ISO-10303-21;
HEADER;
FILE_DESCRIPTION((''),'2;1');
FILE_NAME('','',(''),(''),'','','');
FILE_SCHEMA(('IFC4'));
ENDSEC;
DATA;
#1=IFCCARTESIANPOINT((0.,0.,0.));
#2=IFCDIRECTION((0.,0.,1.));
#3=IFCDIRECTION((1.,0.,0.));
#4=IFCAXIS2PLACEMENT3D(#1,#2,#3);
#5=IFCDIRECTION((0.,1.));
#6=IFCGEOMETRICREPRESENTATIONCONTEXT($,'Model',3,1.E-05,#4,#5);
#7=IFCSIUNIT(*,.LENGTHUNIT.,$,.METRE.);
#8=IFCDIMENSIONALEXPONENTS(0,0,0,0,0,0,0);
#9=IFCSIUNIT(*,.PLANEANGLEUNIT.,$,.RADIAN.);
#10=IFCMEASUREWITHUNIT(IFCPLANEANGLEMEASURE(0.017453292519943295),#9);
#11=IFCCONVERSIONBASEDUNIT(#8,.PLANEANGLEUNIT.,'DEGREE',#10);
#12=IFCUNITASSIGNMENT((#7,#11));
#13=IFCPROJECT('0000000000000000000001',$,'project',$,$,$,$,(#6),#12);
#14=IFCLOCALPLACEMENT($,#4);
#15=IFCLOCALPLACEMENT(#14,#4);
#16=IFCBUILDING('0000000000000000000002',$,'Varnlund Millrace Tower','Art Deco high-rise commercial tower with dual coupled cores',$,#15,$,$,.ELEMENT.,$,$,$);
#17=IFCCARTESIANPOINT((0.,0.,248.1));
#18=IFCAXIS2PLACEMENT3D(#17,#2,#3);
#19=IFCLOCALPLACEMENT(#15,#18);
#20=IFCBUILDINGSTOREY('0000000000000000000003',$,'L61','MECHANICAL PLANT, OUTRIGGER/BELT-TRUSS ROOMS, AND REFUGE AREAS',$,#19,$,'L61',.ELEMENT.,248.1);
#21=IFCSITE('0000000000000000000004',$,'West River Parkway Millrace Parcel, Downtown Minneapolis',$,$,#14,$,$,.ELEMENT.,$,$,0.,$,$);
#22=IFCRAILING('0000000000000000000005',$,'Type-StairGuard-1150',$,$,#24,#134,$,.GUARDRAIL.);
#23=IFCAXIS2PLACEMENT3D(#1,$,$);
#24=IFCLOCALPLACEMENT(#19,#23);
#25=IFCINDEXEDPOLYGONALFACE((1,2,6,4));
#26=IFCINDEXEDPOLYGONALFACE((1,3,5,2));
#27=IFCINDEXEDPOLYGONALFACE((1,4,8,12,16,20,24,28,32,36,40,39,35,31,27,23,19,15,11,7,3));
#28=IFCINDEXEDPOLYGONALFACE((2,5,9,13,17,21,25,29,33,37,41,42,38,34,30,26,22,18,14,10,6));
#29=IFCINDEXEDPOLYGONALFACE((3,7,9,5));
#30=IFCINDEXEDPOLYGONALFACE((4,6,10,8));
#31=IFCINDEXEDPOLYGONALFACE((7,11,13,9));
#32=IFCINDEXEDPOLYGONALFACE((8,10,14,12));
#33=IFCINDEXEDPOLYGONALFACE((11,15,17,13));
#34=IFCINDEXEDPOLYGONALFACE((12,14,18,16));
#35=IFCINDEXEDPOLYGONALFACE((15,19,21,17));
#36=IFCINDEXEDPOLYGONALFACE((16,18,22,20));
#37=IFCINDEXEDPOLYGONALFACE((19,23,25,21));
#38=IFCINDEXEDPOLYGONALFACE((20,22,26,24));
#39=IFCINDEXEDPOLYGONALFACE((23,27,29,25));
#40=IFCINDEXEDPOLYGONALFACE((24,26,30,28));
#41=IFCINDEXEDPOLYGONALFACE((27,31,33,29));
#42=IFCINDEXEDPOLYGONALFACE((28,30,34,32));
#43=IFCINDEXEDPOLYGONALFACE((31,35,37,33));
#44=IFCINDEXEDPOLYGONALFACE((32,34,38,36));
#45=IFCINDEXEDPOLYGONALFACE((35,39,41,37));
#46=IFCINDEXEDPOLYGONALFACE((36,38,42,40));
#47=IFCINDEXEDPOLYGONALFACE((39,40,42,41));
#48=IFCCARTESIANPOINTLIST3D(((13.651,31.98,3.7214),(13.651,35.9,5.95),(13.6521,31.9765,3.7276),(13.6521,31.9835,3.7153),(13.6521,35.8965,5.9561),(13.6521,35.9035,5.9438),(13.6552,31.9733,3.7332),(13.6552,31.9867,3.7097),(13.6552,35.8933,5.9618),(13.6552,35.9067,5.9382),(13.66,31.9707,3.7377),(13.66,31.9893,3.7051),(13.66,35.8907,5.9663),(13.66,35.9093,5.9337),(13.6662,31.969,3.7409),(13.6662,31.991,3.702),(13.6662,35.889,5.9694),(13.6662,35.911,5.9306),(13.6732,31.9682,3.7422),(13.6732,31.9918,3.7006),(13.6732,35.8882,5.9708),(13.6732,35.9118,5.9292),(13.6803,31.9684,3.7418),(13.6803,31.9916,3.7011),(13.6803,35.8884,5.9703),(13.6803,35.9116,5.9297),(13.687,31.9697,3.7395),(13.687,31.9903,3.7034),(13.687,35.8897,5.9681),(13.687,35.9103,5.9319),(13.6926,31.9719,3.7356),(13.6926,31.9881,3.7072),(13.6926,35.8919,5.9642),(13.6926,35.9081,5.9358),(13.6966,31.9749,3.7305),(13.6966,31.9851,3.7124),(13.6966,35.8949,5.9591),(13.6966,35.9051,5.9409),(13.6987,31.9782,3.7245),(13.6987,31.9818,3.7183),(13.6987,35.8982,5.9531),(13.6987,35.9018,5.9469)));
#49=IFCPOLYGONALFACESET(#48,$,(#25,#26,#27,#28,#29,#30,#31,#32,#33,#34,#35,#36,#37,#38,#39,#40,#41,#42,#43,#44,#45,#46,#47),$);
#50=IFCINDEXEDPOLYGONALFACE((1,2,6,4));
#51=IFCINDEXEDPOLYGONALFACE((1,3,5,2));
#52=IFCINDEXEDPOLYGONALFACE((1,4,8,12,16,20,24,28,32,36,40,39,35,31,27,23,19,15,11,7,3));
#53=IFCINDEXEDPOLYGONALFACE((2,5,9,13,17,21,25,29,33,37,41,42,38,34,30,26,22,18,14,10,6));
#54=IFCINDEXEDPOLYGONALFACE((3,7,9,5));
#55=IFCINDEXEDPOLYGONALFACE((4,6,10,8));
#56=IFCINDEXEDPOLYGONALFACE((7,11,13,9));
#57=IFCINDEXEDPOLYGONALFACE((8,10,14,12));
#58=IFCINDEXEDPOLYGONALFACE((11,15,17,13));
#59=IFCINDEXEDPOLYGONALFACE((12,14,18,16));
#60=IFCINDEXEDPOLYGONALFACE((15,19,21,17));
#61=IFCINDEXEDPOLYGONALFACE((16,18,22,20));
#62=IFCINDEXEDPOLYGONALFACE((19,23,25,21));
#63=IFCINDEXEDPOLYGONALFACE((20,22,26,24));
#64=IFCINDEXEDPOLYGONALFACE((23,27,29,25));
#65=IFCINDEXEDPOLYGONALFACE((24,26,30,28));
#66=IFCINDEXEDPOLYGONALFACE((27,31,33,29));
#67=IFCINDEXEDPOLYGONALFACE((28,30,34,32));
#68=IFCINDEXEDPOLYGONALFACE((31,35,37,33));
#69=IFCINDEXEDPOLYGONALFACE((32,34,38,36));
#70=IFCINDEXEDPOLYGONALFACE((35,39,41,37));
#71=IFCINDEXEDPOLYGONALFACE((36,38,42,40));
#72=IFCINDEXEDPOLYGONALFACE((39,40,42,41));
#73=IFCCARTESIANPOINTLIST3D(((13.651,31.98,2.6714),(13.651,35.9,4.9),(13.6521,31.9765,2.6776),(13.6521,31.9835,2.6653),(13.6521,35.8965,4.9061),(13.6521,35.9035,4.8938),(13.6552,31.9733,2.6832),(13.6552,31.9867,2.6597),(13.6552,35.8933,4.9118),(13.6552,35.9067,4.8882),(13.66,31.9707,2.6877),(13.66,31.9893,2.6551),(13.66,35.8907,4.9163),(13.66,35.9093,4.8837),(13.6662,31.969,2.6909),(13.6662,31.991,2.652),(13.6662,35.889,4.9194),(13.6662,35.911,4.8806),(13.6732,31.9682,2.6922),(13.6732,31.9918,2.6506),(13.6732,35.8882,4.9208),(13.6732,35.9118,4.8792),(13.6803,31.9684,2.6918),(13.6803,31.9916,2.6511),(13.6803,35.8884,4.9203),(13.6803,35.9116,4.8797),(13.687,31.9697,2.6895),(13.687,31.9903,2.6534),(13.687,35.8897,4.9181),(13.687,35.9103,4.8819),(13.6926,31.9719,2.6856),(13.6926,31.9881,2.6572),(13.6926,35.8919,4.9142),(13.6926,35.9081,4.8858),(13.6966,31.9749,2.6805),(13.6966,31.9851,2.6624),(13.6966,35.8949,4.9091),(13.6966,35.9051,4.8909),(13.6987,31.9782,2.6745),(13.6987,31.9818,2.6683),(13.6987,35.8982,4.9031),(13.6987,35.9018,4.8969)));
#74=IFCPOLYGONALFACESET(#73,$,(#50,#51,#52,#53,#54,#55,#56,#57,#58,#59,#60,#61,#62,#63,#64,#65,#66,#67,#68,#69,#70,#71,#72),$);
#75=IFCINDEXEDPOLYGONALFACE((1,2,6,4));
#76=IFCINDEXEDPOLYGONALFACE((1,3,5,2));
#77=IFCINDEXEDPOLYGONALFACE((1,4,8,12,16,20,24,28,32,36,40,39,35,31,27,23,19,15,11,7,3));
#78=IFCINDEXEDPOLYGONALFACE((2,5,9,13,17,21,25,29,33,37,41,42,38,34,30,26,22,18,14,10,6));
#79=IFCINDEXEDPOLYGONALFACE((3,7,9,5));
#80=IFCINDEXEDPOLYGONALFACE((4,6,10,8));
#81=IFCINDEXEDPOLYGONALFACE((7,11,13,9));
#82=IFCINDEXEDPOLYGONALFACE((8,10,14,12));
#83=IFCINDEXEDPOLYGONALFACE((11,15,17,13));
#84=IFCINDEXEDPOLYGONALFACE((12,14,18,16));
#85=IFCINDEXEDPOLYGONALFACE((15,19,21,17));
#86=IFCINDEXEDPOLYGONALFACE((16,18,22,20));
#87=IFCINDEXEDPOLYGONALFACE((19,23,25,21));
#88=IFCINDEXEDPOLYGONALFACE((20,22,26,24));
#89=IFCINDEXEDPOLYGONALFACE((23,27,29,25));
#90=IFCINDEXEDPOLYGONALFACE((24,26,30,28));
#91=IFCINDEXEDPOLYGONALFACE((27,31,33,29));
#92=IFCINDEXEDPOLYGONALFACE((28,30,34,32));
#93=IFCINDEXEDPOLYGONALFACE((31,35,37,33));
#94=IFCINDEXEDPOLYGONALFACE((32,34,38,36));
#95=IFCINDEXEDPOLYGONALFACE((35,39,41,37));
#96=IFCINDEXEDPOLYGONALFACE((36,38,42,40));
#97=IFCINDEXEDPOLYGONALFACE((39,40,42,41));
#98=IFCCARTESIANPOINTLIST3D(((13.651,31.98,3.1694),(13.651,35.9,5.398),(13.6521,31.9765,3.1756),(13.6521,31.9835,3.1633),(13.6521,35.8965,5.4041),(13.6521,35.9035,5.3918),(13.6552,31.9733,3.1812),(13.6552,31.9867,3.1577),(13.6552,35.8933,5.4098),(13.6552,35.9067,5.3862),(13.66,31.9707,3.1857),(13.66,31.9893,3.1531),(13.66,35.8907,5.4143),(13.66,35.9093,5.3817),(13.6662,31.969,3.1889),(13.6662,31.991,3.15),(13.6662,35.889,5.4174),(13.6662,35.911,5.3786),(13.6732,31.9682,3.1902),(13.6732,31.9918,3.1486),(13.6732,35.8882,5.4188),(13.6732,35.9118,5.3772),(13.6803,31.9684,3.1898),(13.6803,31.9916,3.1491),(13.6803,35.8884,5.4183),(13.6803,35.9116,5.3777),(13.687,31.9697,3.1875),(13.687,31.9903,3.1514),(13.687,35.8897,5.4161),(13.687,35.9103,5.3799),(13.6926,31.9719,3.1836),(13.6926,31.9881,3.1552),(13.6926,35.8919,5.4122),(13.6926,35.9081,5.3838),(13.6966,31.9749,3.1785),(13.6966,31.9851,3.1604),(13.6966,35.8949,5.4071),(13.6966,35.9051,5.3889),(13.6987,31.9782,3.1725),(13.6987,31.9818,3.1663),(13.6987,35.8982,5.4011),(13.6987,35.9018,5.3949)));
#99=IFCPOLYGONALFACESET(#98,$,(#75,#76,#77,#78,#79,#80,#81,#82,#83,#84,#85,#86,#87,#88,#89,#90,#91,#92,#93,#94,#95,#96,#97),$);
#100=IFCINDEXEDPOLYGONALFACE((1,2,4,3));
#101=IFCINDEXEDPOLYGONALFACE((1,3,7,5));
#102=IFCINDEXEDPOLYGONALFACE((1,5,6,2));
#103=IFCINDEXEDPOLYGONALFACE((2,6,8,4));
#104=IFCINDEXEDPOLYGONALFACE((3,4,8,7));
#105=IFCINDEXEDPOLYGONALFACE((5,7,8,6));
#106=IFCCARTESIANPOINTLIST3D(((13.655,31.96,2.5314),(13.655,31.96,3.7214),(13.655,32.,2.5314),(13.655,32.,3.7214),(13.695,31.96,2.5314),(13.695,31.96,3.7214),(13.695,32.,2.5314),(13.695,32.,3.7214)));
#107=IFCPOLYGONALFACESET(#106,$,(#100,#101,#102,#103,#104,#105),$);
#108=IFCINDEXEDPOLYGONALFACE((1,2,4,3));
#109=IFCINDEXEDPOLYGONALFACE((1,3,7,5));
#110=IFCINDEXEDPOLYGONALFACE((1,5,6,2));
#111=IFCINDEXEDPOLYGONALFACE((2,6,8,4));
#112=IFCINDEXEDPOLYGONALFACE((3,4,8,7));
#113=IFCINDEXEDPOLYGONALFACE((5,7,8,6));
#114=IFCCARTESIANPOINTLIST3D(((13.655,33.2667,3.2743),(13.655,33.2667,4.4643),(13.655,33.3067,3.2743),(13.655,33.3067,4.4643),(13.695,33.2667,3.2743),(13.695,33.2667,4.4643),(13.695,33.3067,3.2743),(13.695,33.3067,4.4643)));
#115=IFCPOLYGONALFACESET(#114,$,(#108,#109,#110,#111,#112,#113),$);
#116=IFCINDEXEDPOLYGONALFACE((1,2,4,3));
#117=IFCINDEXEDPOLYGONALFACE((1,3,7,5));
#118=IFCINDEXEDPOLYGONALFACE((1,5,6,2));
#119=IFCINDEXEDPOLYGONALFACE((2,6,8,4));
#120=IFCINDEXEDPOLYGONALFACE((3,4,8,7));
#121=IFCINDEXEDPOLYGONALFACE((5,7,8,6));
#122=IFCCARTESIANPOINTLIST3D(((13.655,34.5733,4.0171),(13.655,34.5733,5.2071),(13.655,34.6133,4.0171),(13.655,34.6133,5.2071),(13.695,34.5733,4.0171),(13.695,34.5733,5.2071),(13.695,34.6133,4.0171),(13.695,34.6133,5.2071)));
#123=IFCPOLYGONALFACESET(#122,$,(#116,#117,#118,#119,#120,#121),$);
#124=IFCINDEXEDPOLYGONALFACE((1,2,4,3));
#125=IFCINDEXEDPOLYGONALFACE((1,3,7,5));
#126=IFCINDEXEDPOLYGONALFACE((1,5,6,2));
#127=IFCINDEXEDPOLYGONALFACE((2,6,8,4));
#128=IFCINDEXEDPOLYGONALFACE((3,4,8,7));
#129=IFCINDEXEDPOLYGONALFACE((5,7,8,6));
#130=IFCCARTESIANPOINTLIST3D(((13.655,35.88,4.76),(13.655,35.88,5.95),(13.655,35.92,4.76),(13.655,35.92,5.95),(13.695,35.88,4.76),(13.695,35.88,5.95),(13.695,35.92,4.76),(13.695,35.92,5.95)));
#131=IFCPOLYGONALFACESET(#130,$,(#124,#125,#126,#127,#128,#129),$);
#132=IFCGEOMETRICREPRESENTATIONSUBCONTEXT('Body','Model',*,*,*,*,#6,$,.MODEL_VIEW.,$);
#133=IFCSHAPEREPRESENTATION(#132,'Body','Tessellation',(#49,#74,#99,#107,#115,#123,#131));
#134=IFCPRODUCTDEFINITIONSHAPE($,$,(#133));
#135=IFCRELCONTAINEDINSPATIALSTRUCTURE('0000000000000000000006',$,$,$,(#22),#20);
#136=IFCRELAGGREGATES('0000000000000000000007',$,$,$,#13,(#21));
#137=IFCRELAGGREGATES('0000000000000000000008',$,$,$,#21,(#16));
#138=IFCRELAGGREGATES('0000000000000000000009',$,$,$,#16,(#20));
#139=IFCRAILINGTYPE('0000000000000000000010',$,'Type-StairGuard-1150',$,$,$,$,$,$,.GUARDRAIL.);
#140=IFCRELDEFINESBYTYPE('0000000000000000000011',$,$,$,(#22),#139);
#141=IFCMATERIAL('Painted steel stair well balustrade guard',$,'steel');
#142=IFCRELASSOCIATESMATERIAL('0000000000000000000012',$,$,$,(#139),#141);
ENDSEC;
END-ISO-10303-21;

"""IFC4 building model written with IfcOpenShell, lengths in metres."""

from ifc_helpers import new_model, entity, si_unit, converted_unit, direction, frame, origin_with_axes, origin_2d_with_axis, place, context, subcontext, project, spatial, rectangle, circle, extrude, material, type_object, element, save


model = new_model("IFC4")

# Units and contexts
model_context = context("Model", 3, precision=1e-05, world=origin_with_axes(), true_north=direction((0.0, 1.0)))
body_context = subcontext(model_context, "Body", "Model", "MODEL_VIEW")
ifc_project = project(units=[si_unit("LENGTHUNIT", "METRE"), converted_unit("PLANEANGLEUNIT", "DEGREE", entity("IfcPlaneAngleMeasure", 0.017453292519943295), si_unit("PLANEANGLEUNIT", "RADIAN"), dimensions=[0, 0, 0, 0, 0, 0, 0])], contexts=[model_context])

# Site, building, storey
site_placement = place(None, origin_with_axes())
site = spatial("IfcSite", under=ifc_project, at=site_placement, Name="West River Parkway Millrace Parcel, Downtown Minneapolis", CompositionType="ELEMENT", RefElevation=0.0)
building_placement = place(site_placement, origin_with_axes())
building = spatial("IfcBuilding", under=site, at=building_placement, Name="Varnlund Millrace Tower", Description="Art Deco high-rise commercial tower with dual coupled cores", CompositionType="ELEMENT")
storey_placement = place(building_placement, frame((0.0, 0.0, 248.1), z_axis=(0.0, 0.0, 1.0), x_axis=(1.0, 0.0, 0.0)))
storey = spatial("IfcBuildingStorey", under=building, at=storey_placement, Name="L61", Description="MECHANICAL PLANT, OUTRIGGER/BELT-TRUSS ROOMS, AND REFUGE AREAS", LongName="L61", CompositionType="ELEMENT", Elevation=248.1)

# Railing
ifc_material_1 = material(Name="Painted steel stair well balustrade guard", Category="steel")
railing_type_1 = type_object("IfcRailingType", Name="Type-StairGuard-1150", PredefinedType="GUARDRAIL", material=ifc_material_1)
railing_1_placement = place(storey_placement, frame((0.0, 0.0, -248.1), z_axis=(0.0, 0.0, 1.0), x_axis=(1.0, 0.0, 0.0)))
element("IfcRailing", 1, at=railing_1_placement, inside=storey, type_object=railing_type_1, Name="Type-StairGuard-1150", PredefinedType="GUARDRAIL", context=body_context, shape_type="SweptSolid", body=[
    extrude(circle(Radius=0.024, at=origin_2d_with_axis()), frame((13.675, 31.98, 251.8214), z_axis=(0.0, 0.869333, 0.494227), x_axis=(-1.0, 0.0, 0.0)), (0.0, 0.0, 1.0), 4.5092),
    extrude(circle(Radius=0.024, at=origin_2d_with_axis()), frame((13.675, 31.98, 250.7714), z_axis=(0.0, 0.869333, 0.494227), x_axis=(-1.0, 0.0, 0.0)), (0.0, 0.0, 1.0), 4.5092),
    extrude(circle(Radius=0.024, at=origin_2d_with_axis()), frame((13.675, 31.98, 251.2694), z_axis=(0.0, 0.869333, 0.494227), x_axis=(-1.0, 0.0, 0.0)), (0.0, 0.0, 1.0), 4.5092),
    extrude(rectangle(XDim=0.04, YDim=0.04, at=origin_2d_with_axis()), frame((13.675, 31.98, 250.6314), z_axis=(0.0, 0.0, 1.0), x_axis=(1.0, 0.0, 0.0)), (0.0, 0.0, 1.0), 1.19),
    extrude(rectangle(XDim=0.04, YDim=0.04, at=origin_2d_with_axis()), frame((13.675, 33.2867, 251.3743), z_axis=(0.0, 0.0, 1.0), x_axis=(1.0, 0.0, 0.0)), (0.0, 0.0, 1.0), 1.19),
    extrude(rectangle(XDim=0.04, YDim=0.04, at=origin_2d_with_axis()), frame((13.675, 34.5933, 252.1171), z_axis=(0.0, 0.0, 1.0), x_axis=(1.0, 0.0, 0.0)), (0.0, 0.0, 1.0), 1.19),
    extrude(rectangle(XDim=0.04, YDim=0.04, at=origin_2d_with_axis()), frame((13.675, 35.9, 252.86), z_axis=(0.0, 0.0, 1.0), x_axis=(1.0, 0.0, 0.0)), (0.0, 0.0, 1.0), 1.19),
])

save(model, "model.ifc")
